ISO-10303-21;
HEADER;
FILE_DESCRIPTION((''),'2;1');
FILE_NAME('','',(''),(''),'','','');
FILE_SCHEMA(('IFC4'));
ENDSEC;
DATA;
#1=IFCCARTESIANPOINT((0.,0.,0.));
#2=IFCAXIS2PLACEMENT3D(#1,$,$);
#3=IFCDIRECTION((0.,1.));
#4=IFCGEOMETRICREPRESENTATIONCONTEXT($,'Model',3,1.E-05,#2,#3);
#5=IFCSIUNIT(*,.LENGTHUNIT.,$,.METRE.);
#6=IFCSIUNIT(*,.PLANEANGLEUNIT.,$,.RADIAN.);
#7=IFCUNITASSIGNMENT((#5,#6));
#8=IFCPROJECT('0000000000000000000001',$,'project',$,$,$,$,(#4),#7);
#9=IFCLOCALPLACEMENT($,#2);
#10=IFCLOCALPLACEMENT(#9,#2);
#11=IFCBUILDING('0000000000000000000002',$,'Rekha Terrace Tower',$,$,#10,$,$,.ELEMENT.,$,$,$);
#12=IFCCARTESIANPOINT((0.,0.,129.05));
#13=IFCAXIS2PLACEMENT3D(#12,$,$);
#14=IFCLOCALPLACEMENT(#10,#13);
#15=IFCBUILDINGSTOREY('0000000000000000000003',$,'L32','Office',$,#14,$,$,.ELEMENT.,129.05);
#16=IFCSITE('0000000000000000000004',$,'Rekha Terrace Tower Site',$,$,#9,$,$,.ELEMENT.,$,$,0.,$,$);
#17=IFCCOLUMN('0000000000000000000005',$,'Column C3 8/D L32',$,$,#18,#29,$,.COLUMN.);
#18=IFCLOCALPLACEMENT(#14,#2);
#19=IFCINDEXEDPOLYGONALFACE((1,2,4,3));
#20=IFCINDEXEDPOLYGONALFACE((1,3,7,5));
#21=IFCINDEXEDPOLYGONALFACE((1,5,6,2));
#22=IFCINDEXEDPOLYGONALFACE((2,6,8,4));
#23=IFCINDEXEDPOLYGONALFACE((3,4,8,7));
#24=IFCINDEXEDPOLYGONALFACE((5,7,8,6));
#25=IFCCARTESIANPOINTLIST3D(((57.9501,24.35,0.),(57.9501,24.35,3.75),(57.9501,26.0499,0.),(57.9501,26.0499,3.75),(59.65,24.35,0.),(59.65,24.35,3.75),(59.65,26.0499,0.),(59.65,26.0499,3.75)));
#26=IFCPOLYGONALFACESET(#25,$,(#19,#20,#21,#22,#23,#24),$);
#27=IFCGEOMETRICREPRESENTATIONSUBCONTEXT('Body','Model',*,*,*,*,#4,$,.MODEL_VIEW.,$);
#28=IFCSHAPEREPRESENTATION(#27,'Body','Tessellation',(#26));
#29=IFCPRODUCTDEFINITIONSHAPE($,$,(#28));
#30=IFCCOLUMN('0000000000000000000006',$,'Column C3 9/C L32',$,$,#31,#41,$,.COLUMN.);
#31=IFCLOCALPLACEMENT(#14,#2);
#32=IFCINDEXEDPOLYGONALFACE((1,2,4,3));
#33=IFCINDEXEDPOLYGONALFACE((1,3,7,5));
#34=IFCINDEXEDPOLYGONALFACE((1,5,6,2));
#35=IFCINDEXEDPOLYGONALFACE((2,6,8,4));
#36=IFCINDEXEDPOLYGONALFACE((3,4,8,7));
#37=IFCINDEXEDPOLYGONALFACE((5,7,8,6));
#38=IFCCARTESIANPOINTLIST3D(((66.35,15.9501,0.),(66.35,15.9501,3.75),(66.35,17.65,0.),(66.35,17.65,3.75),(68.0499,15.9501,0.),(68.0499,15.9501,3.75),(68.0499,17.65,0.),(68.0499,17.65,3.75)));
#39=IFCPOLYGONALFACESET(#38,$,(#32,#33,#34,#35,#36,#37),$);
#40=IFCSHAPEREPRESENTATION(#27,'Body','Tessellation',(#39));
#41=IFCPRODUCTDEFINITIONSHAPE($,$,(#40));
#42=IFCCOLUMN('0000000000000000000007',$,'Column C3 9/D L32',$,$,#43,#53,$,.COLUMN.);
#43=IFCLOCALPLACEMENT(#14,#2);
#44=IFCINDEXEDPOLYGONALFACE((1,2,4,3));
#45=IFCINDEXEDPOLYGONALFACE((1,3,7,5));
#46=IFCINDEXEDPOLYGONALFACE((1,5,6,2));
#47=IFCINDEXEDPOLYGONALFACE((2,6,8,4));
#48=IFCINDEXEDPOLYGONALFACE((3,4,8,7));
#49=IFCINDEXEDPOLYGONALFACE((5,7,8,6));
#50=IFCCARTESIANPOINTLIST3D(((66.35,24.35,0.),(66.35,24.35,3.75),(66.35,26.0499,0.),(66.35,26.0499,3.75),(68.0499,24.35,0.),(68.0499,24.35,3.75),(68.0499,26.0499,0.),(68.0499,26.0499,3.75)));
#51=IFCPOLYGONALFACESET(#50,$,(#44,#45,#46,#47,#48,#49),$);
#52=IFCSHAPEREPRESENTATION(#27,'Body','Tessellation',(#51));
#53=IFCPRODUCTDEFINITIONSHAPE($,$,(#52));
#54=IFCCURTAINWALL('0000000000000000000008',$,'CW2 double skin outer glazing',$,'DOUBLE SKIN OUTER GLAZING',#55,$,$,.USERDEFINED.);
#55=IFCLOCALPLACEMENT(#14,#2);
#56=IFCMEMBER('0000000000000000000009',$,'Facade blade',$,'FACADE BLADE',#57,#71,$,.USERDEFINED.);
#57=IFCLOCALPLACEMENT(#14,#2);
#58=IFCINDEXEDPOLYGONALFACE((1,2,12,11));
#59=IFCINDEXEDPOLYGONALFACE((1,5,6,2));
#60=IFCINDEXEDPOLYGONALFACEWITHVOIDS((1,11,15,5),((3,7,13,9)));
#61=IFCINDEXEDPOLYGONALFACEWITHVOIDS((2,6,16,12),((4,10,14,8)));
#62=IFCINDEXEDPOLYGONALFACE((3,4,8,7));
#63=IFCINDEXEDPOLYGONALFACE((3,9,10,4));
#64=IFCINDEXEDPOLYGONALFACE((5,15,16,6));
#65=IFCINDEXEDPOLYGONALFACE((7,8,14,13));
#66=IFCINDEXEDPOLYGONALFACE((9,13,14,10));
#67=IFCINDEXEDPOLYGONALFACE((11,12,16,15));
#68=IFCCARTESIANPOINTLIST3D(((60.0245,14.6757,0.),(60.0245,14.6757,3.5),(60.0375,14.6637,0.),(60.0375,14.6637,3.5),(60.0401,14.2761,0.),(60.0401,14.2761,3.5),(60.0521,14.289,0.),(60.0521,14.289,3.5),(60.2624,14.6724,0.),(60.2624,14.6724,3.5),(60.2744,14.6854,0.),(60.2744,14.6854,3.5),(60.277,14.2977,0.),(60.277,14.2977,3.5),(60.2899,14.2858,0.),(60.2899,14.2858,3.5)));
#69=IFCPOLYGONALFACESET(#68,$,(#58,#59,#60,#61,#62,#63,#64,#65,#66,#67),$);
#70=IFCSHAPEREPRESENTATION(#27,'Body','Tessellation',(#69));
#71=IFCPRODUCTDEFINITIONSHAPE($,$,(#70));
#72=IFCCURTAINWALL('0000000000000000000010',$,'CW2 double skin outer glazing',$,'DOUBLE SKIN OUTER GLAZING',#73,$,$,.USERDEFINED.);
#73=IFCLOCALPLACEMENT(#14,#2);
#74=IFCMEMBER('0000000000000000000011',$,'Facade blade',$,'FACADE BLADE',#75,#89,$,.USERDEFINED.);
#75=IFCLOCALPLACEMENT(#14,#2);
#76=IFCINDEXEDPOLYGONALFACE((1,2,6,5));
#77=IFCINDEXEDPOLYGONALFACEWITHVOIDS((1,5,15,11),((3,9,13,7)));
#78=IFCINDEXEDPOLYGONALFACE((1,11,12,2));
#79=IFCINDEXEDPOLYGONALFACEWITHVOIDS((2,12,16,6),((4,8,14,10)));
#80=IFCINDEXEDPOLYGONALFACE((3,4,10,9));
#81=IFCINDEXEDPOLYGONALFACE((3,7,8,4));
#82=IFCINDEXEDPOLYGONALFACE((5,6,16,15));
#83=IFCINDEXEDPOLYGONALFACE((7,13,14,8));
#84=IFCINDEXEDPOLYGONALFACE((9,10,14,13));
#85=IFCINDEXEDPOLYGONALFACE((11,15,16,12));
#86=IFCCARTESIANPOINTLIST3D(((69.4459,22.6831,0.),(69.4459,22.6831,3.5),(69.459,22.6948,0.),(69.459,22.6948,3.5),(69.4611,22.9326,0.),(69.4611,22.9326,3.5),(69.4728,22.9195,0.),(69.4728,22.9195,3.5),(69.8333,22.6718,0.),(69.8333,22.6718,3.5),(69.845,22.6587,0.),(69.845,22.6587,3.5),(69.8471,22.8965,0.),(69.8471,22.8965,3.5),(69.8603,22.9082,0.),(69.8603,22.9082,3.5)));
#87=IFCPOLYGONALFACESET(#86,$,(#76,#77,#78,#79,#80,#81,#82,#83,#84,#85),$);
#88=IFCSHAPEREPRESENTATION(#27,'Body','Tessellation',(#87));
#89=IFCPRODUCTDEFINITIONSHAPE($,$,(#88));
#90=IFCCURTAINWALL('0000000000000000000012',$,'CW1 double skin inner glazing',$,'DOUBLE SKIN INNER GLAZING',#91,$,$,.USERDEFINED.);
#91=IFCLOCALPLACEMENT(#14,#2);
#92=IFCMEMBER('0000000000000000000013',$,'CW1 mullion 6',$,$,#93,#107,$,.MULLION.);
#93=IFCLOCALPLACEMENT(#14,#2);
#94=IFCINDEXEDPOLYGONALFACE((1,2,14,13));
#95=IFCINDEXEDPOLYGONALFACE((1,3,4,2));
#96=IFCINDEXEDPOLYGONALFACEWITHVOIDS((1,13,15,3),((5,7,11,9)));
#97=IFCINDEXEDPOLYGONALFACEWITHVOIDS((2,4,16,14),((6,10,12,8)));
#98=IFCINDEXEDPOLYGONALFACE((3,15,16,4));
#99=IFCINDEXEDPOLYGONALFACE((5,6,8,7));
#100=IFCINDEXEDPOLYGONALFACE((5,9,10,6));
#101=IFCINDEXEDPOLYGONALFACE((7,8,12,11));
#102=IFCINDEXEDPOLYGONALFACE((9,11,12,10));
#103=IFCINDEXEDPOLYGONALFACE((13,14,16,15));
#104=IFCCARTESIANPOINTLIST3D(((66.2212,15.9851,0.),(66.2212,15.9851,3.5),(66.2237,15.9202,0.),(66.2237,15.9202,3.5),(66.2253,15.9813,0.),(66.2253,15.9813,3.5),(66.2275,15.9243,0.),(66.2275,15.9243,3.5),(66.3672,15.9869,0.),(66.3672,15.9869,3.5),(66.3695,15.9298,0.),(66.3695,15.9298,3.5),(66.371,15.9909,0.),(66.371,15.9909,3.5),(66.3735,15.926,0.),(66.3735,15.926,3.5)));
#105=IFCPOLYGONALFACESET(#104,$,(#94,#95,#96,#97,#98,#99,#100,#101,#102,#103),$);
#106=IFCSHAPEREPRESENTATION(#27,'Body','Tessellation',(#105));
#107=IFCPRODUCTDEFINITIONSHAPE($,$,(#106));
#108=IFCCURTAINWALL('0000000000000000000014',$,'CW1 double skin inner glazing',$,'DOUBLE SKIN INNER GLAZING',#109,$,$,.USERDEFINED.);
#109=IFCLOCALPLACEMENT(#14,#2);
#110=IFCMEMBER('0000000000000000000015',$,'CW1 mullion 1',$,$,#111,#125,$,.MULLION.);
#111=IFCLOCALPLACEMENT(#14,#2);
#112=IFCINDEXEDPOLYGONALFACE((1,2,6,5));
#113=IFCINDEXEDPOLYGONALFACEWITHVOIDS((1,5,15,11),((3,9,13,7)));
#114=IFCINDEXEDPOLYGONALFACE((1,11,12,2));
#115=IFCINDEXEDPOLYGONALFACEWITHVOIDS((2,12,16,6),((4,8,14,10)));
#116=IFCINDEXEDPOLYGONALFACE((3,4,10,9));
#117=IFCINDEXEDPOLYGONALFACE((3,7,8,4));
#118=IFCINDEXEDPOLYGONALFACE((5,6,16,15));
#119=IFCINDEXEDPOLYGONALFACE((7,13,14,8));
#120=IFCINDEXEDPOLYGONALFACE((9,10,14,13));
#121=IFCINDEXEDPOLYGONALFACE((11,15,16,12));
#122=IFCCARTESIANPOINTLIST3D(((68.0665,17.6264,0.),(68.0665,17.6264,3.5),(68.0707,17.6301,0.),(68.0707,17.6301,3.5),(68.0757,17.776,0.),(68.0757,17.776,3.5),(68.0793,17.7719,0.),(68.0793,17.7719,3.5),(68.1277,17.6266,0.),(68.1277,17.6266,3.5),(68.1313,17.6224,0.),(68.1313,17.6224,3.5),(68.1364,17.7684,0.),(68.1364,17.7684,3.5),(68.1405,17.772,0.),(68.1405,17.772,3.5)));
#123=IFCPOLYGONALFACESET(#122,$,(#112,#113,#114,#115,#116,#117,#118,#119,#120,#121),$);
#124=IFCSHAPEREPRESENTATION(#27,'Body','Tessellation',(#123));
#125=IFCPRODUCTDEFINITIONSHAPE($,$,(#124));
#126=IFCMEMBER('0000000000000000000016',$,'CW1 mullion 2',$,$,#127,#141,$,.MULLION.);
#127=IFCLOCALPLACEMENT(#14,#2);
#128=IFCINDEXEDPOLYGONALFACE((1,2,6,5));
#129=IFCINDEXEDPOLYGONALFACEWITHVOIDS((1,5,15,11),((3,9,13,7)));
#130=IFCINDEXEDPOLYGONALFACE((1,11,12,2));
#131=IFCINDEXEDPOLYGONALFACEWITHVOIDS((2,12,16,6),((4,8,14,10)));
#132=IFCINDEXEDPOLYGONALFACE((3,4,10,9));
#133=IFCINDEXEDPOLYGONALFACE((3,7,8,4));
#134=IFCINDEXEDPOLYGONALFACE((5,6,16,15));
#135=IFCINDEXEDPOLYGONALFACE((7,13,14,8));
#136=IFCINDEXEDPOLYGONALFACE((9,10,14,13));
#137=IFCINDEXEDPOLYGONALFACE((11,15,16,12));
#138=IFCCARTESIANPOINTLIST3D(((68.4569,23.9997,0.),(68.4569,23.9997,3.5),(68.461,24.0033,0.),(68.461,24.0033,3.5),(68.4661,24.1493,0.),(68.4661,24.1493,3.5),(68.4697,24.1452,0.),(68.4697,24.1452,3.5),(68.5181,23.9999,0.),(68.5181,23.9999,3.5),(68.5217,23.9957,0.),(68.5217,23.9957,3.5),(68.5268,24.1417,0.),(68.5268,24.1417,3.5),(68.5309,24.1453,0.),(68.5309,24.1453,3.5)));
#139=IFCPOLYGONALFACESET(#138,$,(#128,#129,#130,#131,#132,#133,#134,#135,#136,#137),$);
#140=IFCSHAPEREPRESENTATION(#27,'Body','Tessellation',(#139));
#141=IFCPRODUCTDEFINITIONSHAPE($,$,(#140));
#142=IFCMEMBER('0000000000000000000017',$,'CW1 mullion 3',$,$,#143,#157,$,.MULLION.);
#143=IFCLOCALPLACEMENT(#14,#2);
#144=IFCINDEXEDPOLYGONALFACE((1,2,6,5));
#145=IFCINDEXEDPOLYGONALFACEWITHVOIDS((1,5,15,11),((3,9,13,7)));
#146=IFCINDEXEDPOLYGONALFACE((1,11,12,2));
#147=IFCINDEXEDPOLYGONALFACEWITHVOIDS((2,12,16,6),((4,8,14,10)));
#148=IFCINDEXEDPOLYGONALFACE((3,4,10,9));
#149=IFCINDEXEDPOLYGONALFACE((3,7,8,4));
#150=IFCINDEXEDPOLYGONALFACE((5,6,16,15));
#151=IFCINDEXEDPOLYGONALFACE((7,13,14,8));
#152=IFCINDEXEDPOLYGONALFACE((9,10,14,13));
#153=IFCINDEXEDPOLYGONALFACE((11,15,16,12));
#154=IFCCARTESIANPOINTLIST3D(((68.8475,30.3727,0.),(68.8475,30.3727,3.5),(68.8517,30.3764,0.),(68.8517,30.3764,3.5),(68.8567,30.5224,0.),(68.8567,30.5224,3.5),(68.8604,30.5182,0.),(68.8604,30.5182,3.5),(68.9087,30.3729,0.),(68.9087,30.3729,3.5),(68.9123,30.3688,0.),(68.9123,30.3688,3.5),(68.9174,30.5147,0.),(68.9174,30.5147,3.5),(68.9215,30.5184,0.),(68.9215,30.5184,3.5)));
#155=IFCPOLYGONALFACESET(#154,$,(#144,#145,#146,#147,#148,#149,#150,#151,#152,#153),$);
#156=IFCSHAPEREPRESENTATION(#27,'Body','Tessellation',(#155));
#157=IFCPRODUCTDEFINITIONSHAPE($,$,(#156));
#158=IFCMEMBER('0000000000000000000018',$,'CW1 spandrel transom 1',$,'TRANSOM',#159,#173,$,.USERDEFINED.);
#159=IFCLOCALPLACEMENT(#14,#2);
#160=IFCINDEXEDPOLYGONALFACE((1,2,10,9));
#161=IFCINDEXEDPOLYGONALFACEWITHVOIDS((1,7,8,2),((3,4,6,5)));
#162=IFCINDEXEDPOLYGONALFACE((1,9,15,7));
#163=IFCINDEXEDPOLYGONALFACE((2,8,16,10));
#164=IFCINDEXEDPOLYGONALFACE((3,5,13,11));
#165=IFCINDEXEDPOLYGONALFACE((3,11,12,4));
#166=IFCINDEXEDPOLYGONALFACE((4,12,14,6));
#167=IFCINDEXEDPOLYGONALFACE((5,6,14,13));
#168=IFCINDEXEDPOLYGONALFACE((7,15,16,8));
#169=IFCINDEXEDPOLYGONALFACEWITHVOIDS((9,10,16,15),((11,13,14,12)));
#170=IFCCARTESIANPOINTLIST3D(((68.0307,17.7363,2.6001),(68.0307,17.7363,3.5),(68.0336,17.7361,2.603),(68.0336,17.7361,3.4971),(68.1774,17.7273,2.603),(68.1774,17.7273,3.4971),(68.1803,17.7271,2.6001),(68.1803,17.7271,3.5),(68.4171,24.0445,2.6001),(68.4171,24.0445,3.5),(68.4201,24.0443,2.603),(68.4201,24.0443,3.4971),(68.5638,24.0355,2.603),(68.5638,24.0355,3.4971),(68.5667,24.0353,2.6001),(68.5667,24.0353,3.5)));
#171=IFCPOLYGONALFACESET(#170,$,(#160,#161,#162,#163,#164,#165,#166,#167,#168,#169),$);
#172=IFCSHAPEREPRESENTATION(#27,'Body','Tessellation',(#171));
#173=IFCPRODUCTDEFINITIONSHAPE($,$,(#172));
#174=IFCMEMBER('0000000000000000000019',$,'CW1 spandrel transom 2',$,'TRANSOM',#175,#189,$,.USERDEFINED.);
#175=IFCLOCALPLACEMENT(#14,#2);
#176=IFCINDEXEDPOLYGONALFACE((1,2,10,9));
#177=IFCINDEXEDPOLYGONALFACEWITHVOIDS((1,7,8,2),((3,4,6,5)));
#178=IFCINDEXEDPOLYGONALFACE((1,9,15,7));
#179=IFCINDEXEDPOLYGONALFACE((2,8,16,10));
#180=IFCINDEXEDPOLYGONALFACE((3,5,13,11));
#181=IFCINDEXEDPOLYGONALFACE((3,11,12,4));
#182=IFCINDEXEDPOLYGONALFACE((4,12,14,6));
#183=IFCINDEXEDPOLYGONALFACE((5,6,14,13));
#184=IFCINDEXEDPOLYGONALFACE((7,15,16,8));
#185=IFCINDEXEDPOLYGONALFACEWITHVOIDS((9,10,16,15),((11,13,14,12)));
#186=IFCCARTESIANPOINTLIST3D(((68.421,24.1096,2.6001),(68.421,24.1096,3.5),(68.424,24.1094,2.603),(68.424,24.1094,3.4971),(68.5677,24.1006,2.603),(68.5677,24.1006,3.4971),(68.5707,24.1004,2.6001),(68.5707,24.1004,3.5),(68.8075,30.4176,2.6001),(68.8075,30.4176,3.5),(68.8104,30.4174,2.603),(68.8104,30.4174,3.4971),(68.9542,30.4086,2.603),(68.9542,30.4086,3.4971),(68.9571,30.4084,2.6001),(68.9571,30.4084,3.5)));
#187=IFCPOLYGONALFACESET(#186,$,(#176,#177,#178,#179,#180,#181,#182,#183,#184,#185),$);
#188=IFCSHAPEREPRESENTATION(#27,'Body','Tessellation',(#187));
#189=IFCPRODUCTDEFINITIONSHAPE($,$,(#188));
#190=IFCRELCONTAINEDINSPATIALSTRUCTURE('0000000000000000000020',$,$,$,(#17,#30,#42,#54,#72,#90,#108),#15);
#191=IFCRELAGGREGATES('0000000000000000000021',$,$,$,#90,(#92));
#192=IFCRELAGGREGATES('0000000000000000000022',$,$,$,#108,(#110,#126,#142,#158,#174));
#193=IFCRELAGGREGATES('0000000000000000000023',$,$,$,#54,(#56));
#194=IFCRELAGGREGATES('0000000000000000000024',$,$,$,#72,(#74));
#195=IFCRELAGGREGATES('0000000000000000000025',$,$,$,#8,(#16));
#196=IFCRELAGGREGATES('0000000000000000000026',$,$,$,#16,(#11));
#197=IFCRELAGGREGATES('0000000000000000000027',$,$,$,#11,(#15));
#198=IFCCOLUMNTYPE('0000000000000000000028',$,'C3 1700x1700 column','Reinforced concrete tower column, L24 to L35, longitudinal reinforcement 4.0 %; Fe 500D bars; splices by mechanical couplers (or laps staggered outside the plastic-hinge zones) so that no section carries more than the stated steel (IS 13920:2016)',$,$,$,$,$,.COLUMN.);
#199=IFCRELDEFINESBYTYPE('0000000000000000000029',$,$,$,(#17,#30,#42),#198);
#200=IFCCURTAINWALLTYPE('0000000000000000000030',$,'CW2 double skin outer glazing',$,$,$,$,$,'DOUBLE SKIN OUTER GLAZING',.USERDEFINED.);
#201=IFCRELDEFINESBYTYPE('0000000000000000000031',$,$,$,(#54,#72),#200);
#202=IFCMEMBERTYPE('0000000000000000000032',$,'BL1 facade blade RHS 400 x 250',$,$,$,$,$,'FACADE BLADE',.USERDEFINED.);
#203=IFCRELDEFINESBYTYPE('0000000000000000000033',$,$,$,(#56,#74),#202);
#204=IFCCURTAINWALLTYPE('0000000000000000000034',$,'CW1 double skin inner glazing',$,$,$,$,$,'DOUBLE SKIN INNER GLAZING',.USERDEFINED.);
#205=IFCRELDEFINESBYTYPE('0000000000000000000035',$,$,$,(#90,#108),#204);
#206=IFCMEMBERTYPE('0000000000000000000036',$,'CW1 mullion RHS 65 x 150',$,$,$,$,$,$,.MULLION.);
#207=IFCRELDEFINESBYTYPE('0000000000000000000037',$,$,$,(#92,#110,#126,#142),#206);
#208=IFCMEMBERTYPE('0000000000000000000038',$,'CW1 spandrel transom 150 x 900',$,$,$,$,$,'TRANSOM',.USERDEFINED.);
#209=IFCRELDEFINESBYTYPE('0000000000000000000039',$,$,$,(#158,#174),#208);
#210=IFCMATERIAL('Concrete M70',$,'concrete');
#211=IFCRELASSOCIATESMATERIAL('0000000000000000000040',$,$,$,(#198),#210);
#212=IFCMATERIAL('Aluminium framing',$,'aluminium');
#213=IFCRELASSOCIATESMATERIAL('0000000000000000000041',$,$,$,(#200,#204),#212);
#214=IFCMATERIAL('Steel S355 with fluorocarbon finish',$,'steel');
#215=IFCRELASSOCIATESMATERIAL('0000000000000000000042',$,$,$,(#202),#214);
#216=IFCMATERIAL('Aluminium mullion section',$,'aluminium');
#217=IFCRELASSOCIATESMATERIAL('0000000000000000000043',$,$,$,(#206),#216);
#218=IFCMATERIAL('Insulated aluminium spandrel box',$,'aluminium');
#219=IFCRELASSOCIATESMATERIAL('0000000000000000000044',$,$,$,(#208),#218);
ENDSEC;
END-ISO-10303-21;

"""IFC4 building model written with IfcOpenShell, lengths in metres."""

from ifc_helpers import new_model, si_unit, direction, frame, origin, origin_2d, place, context, subcontext, project, spatial, rectangle, hollow_rectangle, extrude, material, material_profile, profile_set, type_object, element, aggregate, save


model = new_model("IFC4")

# Units and contexts
model_context = context("Model", 3, precision=1e-05, world=origin(), true_north=direction((0.0, 1.0)))
body_context = subcontext(model_context, "Body", "Model", "MODEL_VIEW")
ifc_project = project(units=[si_unit("LENGTHUNIT", "METRE"), si_unit("PLANEANGLEUNIT", "RADIAN")], contexts=[model_context])

# Site, building, storey
site_placement = place(None, origin())
site = spatial("IfcSite", under=ifc_project, at=site_placement, Name="Rekha Terrace Tower Site", CompositionType="ELEMENT", RefElevation=0.0)
building_placement = place(site_placement, origin())
building = spatial("IfcBuilding", under=site, at=building_placement, Name="Rekha Terrace Tower", CompositionType="ELEMENT")
storey_placement = place(building_placement, frame((0.0, 0.0, 129.05)))
storey = spatial("IfcBuildingStorey", under=building, at=storey_placement, Name="L32", Description="Office", CompositionType="ELEMENT", Elevation=129.05)

# Columns
ifc_material_1 = material(Name="Concrete M70", Category="concrete")
ifc_material_profile_1 = material_profile(ifc_material_1, rectangle(XDim=1.7, YDim=1.7, at=origin_2d()), Name="RC 1700x1700")
ifc_profile_set_1 = profile_set([ifc_material_profile_1], Name="Concrete M70")
column_type = type_object("IfcColumnType", Name="C3 1700x1700 column", Description="Reinforced concrete tower column, L24 to L35, longitudinal reinforcement 4.0 %; Fe 500D bars; splices by mechanical couplers (or laps staggered outside the plastic-hinge zones) so that no section carries more than the stated steel (IS 13920:2016)", PredefinedType="COLUMN", material=ifc_profile_set_1)
for number, where, z_axis, x_axis, name in (
    (1, (58.8, 25.2, 0.0), (0.0, 0.0, 1.0), (1.0, 0.0, 0.0), "Column C3 8/D L32"),
    (2, (67.2, 16.8, 0.0), (0.0, 0.0, 1.0), (1.0, 0.0, 0.0), "Column C3 9/C L32"),
    (3, (67.2, 25.2, 0.0), (0.0, 0.0, 1.0), (1.0, 0.0, 0.0), "Column C3 9/D L32"),
):
    element("IfcColumn", number, at=place(storey_placement, frame(where, z_axis=z_axis, x_axis=x_axis)), inside=storey, type_object=column_type, Name=name, PredefinedType="COLUMN", context=body_context, shape_type="SweptSolid", body=[
        extrude(rectangle(XDim=1.7, YDim=1.7, at=origin_2d()), origin(), (0.0, 0.0, 1.0), 3.75),
    ])

# Curtain walls, members
ifc_material_2 = material(Name="Aluminium framing", Category="aluminium")
curtain_wall_type_1 = type_object("IfcCurtainWallType", Name="CW2 double skin outer glazing", ElementType="DOUBLE SKIN OUTER GLAZING", PredefinedType="USERDEFINED", material=ifc_material_2)
curtain_wall_1_placement = place(storey_placement, origin())
curtain_wall_1 = element("IfcCurtainWall", 4, at=curtain_wall_1_placement, inside=storey, type_object=curtain_wall_type_1, Name="CW2 double skin outer glazing", ObjectType="DOUBLE SKIN OUTER GLAZING", PredefinedType="USERDEFINED")
ifc_material_3 = material(Name="Steel S355 with fluorocarbon finish", Category="steel")
ifc_material_profile_2 = material_profile(ifc_material_3, hollow_rectangle(XDim=0.25, YDim=0.3999, WallThickness=0.0125, at=origin_2d()), Name="RHS400x250x12.5")
ifc_profile_set_2 = profile_set([ifc_material_profile_2], Name="Steel S355 with fluorocarbon finish")
member_type_1 = type_object("IfcMemberType", Name="BL1 facade blade RHS 400 x 250", ElementType="FACADE BLADE", PredefinedType="USERDEFINED", material=ifc_profile_set_2)
member_1_placement = place(storey_placement, frame((60.1572, 14.4807, 0.0), z_axis=(0.0, 0.0, 1.0), x_axis=(0.999243, 0.03889, 0.0)))
member_1 = element("IfcMember", 5, at=member_1_placement, type_object=member_type_1, Name="Facade blade", ObjectType="FACADE BLADE", PredefinedType="USERDEFINED", context=body_context, shape_type="SweptSolid", body=[
    extrude(hollow_rectangle(XDim=0.25, YDim=0.3999, WallThickness=0.0125, at=origin_2d()), origin(), (0.0, 0.0, 1.0), 3.5),
])
curtain_wall_2_placement = place(storey_placement, origin())
curtain_wall_2 = element("IfcCurtainWall", 6, at=curtain_wall_2_placement, inside=storey, type_object=curtain_wall_type_1, Name="CW2 double skin outer glazing", ObjectType="DOUBLE SKIN OUTER GLAZING", PredefinedType="USERDEFINED")
member_2_placement = place(storey_placement, frame((69.6531, 22.7957, 0.0), z_axis=(0.0, 0.0, 1.0), x_axis=(0.06116, 0.998128, 0.0)))
member_2 = element("IfcMember", 7, at=member_2_placement, type_object=member_type_1, Name="Facade blade", ObjectType="FACADE BLADE", PredefinedType="USERDEFINED", context=body_context, shape_type="SweptSolid", body=[
    extrude(hollow_rectangle(XDim=0.25, YDim=0.3999, WallThickness=0.0125, at=origin_2d()), origin(), (0.0, 0.0, 1.0), 3.5),
])
curtain_wall_type_2 = type_object("IfcCurtainWallType", Name="CW1 double skin inner glazing", ElementType="DOUBLE SKIN INNER GLAZING", PredefinedType="USERDEFINED", material=ifc_material_2)
curtain_wall_3_placement = place(storey_placement, origin())
curtain_wall_3 = element("IfcCurtainWall", 8, at=curtain_wall_3_placement, inside=storey, type_object=curtain_wall_type_2, Name="CW1 double skin inner glazing", ObjectType="DOUBLE SKIN INNER GLAZING", PredefinedType="USERDEFINED")
ifc_material_4 = material(Name="Aluminium mullion section", Category="aluminium")
ifc_material_profile_3 = material_profile(ifc_material_4, hollow_rectangle(XDim=0.0649, YDim=0.1499, WallThickness=0.0039, at=origin_2d()), Name="AL RHS 65x150")
ifc_profile_set_3 = profile_set([ifc_material_profile_3], Name="Aluminium mullion section")
member_type_2 = type_object("IfcMemberType", Name="CW1 mullion RHS 65 x 150", PredefinedType="MULLION", material=ifc_profile_set_3)
member_3_placement = place(storey_placement, frame((66.2974, 15.9556, 0.0), z_axis=(0.0, 0.0, 1.0), x_axis=(-0.03889, 0.999243, 0.0)))
member_3 = element("IfcMember", 9, at=member_3_placement, type_object=member_type_2, Name="CW1 mullion 6", PredefinedType="MULLION", context=body_context, shape_type="SweptSolid", body=[
    extrude(hollow_rectangle(XDim=0.0649, YDim=0.1499, WallThickness=0.0039, at=origin_2d()), origin(), (0.0, 0.0, 1.0), 3.5),
])

# Curtain wall, members
curtain_wall_4_placement = place(storey_placement, origin())
curtain_wall_4 = element("IfcCurtainWall", 10, at=curtain_wall_4_placement, inside=storey, type_object=curtain_wall_type_2, Name="CW1 double skin inner glazing", ObjectType="DOUBLE SKIN INNER GLAZING", PredefinedType="USERDEFINED")
member_4_placement = place(storey_placement, frame((68.1035, 17.6992, 0.0), z_axis=(0.0, 0.0, 1.0), x_axis=(-0.998128, 0.06116, 0.0)))
member_4 = element("IfcMember", 11, at=member_4_placement, type_object=member_type_2, Name="CW1 mullion 1", PredefinedType="MULLION", context=body_context, shape_type="SweptSolid", body=[
    extrude(hollow_rectangle(XDim=0.0649, YDim=0.1499, WallThickness=0.0039, at=origin_2d()), origin(), (0.0, 0.0, 1.0), 3.5),
])
member_5_placement = place(storey_placement, frame((68.4939, 24.0725, 0.0), z_axis=(0.0, 0.0, 1.0), x_axis=(-0.998128, 0.06116, 0.0)))
member_5 = element("IfcMember", 12, at=member_5_placement, type_object=member_type_2, Name="CW1 mullion 2", PredefinedType="MULLION", context=body_context, shape_type="SweptSolid", body=[
    extrude(hollow_rectangle(XDim=0.0649, YDim=0.1499, WallThickness=0.0039, at=origin_2d()), origin(), (0.0, 0.0, 1.0), 3.5),
])
member_6_placement = place(storey_placement, frame((68.8845, 30.4456, 0.0), z_axis=(0.0, 0.0, 1.0), x_axis=(-0.998128, 0.06116, 0.0)))
member_6 = element("IfcMember", 13, at=member_6_placement, type_object=member_type_2, Name="CW1 mullion 3", PredefinedType="MULLION", context=body_context, shape_type="SweptSolid", body=[
    extrude(hollow_rectangle(XDim=0.0649, YDim=0.1499, WallThickness=0.0039, at=origin_2d()), origin(), (0.0, 0.0, 1.0), 3.5),
])
ifc_material_5 = material(Name="Insulated aluminium spandrel box", Category="aluminium")
ifc_material_profile_4 = material_profile(ifc_material_5, hollow_rectangle(XDim=0.1499, YDim=0.8999, WallThickness=0.0029, at=origin_2d()), Name="AL SPANDREL BOX 150x900")
ifc_profile_set_4 = profile_set([ifc_material_profile_4], Name="Insulated aluminium spandrel box")
member_type_3 = type_object("IfcMemberType", Name="CW1 spandrel transom 150 x 900", ElementType="TRANSOM", PredefinedType="USERDEFINED", material=ifc_profile_set_4)
member_7_placement = place(storey_placement, frame((68.1055, 17.7317, 3.05), z_axis=(0.061149, 0.998129, 0.0), x_axis=(-0.998129, 0.061149, 0.0)))
member_7 = element("IfcMember", 14, at=member_7_placement, type_object=member_type_3, Name="CW1 spandrel transom 1", ObjectType="TRANSOM", PredefinedType="USERDEFINED", context=body_context, shape_type="SweptSolid", body=[
    extrude(hollow_rectangle(XDim=0.1499, YDim=0.8999, WallThickness=0.0029, at=origin_2d()), origin(), (0.0, 0.0, 1.0), 6.3201),
])
member_8_placement = place(storey_placement, frame((68.4958, 24.105, 3.05), z_axis=(0.061152, 0.998128, 0.0), x_axis=(-0.998128, 0.061152, 0.0)))
member_8 = element("IfcMember", 15, at=member_8_placement, type_object=member_type_3, Name="CW1 spandrel transom 2", ObjectType="TRANSOM", PredefinedType="USERDEFINED", context=body_context, shape_type="SweptSolid", body=[
    extrude(hollow_rectangle(XDim=0.1499, YDim=0.8999, WallThickness=0.0029, at=origin_2d()), origin(), (0.0, 0.0, 1.0), 6.3198),
])

aggregate(curtain_wall_3, [member_3])
aggregate(curtain_wall_4, [member_4, member_5, member_6, member_7, member_8])
aggregate(curtain_wall_1, [member_1])
aggregate(curtain_wall_2, [member_2])

save(model, "model.ifc")
